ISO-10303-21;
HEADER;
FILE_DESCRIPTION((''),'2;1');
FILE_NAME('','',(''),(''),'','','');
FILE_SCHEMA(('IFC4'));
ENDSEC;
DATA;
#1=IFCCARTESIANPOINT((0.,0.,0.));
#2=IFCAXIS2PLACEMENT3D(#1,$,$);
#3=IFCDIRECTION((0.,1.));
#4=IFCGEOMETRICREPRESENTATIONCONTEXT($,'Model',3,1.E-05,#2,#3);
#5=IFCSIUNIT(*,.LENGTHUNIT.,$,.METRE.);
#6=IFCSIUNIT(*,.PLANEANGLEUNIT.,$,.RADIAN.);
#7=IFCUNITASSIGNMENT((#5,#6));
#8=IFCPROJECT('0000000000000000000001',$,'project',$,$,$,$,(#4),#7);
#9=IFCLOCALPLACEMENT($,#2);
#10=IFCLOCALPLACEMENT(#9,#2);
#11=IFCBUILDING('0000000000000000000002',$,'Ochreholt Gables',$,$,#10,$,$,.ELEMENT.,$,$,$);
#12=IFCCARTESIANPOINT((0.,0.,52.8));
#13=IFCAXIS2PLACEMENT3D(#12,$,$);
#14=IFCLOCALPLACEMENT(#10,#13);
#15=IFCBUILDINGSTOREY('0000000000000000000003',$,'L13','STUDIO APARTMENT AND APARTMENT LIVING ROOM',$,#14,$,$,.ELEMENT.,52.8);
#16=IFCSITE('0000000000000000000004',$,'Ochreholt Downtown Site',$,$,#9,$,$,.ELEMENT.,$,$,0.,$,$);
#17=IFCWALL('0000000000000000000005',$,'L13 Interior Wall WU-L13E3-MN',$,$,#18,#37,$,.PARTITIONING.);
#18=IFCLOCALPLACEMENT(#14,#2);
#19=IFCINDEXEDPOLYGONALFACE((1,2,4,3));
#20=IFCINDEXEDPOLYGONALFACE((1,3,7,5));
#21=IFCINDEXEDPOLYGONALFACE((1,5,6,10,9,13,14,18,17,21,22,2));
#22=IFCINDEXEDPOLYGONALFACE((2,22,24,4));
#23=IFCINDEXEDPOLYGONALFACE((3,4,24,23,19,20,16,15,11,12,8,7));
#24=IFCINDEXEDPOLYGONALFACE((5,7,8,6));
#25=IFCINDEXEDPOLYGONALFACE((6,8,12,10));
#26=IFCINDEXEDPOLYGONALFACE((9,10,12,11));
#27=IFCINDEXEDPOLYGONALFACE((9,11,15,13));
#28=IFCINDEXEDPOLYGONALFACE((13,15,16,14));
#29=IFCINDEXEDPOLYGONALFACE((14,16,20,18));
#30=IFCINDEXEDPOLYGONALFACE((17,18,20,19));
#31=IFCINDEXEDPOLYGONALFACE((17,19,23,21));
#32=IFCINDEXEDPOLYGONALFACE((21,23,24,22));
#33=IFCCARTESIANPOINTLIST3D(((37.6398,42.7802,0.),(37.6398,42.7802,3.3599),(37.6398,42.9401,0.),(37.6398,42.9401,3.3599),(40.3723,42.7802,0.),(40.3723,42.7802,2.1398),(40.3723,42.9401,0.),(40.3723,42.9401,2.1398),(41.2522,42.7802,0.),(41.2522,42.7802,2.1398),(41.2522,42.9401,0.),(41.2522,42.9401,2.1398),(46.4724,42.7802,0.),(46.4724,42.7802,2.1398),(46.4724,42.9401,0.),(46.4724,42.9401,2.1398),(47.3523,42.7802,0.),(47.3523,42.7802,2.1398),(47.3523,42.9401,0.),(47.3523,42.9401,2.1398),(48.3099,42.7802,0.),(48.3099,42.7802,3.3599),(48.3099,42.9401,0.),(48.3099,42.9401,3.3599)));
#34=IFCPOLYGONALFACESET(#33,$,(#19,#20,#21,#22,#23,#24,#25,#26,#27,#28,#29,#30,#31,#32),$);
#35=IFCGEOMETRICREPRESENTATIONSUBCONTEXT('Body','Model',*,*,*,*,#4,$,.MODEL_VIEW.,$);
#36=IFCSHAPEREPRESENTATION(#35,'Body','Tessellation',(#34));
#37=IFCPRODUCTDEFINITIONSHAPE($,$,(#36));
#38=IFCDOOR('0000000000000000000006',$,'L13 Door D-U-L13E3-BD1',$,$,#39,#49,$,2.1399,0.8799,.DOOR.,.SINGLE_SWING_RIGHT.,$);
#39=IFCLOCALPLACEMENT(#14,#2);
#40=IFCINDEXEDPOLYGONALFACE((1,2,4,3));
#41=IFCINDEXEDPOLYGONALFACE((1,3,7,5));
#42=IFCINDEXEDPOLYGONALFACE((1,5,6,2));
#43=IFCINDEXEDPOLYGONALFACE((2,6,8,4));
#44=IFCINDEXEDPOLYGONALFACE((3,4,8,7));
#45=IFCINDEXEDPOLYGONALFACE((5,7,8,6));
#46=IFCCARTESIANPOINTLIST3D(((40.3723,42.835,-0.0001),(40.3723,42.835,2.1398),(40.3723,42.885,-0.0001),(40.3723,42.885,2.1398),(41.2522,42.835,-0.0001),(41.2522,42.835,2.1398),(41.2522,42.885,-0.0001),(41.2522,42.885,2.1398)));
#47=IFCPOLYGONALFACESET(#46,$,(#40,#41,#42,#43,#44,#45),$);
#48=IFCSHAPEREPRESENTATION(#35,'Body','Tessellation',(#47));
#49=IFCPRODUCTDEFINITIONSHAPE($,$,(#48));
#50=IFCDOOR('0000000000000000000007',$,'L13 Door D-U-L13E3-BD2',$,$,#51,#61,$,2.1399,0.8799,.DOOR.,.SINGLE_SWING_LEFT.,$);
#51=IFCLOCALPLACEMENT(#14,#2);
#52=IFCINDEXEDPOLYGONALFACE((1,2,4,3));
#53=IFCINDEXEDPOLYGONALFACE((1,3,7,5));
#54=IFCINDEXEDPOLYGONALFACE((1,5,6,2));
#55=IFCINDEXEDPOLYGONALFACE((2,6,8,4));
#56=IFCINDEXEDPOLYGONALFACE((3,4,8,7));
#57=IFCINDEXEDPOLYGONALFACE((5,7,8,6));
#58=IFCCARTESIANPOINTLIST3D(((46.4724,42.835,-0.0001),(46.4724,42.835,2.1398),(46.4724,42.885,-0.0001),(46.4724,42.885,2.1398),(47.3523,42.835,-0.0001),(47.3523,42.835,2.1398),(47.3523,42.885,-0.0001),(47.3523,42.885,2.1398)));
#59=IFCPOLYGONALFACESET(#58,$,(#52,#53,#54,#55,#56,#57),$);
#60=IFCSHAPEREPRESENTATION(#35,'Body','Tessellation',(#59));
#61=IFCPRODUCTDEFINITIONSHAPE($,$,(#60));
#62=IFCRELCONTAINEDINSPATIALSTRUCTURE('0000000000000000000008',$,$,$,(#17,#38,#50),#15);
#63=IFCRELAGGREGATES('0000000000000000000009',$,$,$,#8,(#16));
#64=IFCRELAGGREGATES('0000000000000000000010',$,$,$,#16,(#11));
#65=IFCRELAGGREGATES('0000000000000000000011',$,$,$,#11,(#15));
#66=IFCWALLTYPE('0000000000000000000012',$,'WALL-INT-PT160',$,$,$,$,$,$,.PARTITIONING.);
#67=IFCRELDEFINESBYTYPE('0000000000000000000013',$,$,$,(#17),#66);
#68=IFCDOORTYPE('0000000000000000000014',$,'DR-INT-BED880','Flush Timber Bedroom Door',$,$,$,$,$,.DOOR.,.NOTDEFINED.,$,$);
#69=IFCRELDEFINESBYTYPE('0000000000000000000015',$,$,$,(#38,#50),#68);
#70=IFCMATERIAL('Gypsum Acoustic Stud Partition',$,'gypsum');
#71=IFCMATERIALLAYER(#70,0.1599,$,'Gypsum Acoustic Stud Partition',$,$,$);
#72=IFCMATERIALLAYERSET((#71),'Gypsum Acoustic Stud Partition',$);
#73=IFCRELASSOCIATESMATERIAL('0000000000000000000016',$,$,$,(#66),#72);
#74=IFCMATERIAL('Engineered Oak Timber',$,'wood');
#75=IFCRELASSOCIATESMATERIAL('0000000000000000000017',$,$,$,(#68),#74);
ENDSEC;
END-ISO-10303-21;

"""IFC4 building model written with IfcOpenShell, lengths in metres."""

from ifc_helpers import new_model, si_unit, direction, frame, frame_2d, origin, place, context, subcontext, project, spatial, rectangle, extrude, material, layer, layer_set, type_object, element, fill, save


model = new_model("IFC4")

# Units and contexts
model_context = context("Model", 3, precision=1e-05, world=origin(), true_north=direction((0.0, 1.0)))
body_context = subcontext(model_context, "Body", "Model", "MODEL_VIEW")
ifc_project = project(units=[si_unit("LENGTHUNIT", "METRE"), si_unit("PLANEANGLEUNIT", "RADIAN")], contexts=[model_context])

# Site, building, storey
site_placement = place(None, origin())
site = spatial("IfcSite", under=ifc_project, at=site_placement, Name="Ochreholt Downtown Site", CompositionType="ELEMENT", RefElevation=0.0)
building_placement = place(site_placement, origin())
building = spatial("IfcBuilding", under=site, at=building_placement, Name="Ochreholt Gables", CompositionType="ELEMENT")
storey_placement = place(building_placement, frame((0.0, 0.0, 52.8)))
storey = spatial("IfcBuildingStorey", under=building, at=storey_placement, Name="L13", Description="STUDIO APARTMENT AND APARTMENT LIVING ROOM", CompositionType="ELEMENT", Elevation=52.8)

# Shared definitions
ifc_material_1 = material(Name="Engineered Oak Timber", Category="wood")

# Wall, openings, doors
ifc_material_2 = material(Name="Gypsum Acoustic Stud Partition", Category="gypsum")
ifc_layer_1 = layer(ifc_material_2, 0.1599, Name="Gypsum Acoustic Stud Partition")
ifc_layer_set_1 = layer_set([ifc_layer_1], Name="Gypsum Acoustic Stud Partition")
wall_type_1 = type_object("IfcWallType", Name="WALL-INT-PT160", PredefinedType="PARTITIONING", material=ifc_layer_set_1)
wall_1_placement = place(storey_placement, frame((37.6399, 42.8601, 0.0), z_axis=(0.0, 0.0, 1.0), x_axis=(1.0, 0.0, 0.0)))
wall_1 = element("IfcWall", 1, at=wall_1_placement, inside=storey, type_object=wall_type_1, Name="L13 Interior Wall WU-L13E3-MN", PredefinedType="PARTITIONING", context=body_context, shape_type="SweptSolid", body=[
    extrude(rectangle(XDim=10.6702, YDim=0.1599, at=frame_2d((5.335, 0.0))), origin(), (0.0, 0.0, 1.0), 3.3599),
])
opening_1_placement = place(wall_1_placement, frame((2.7324, 0.0, 0.0)))
opening_1 = element("IfcOpeningElement", 2, at=opening_1_placement, cuts=wall_1, PredefinedType="OPENING", context=body_context, shape_type="SweptSolid", body=[
    extrude(rectangle(XDim=0.8799, YDim=2.1399, at=frame_2d((0.4399, 1.0698))), frame((0.0, 0.0898, 0.0), z_axis=(0.0, -1.0, 0.0), x_axis=(1.0, 0.0, 0.0)), (0.0, 0.0, 1.0), 0.1799),
])
opening_2_placement = place(wall_1_placement, frame((8.8325, 0.0, 0.0)))
opening_2 = element("IfcOpeningElement", 3, at=opening_2_placement, cuts=wall_1, PredefinedType="OPENING", context=body_context, shape_type="SweptSolid", body=[
    extrude(rectangle(XDim=0.8799, YDim=2.1399, at=frame_2d((0.4399, 1.0698))), frame((0.0, 0.0898, 0.0), z_axis=(0.0, -1.0, 0.0), x_axis=(1.0, 0.0, 0.0)), (0.0, 0.0, 1.0), 0.1799),
])
door_type_1 = type_object("IfcDoorType", Name="DR-INT-BED880", Description="Flush Timber Bedroom Door", OperationType="NOTDEFINED", PredefinedType="DOOR", material=ifc_material_1)
door_1_placement = place(opening_1_placement, origin())
door_1 = element("IfcDoor", 4, at=door_1_placement, inside=storey, type_object=door_type_1, Name="L13 Door D-U-L13E3-BD1", OperationType="SINGLE_SWING_RIGHT", OverallHeight=2.1399, OverallWidth=0.8799, PredefinedType="DOOR", context=body_context, shape_type="SweptSolid", body=[
    extrude(rectangle(XDim=0.8799, YDim=2.1399, at=frame_2d((0.4399, 1.0698))), frame((0.0, 0.0249, 0.0), z_axis=(0.0, -1.0, 0.0), x_axis=(1.0, 0.0, 0.0)), (0.0, 0.0, 1.0), 0.05),
])
fill(opening_1, door_1)
door_2_placement = place(opening_2_placement, origin())
door_2 = element("IfcDoor", 5, at=door_2_placement, inside=storey, type_object=door_type_1, Name="L13 Door D-U-L13E3-BD2", OperationType="SINGLE_SWING_LEFT", OverallHeight=2.1399, OverallWidth=0.8799, PredefinedType="DOOR", context=body_context, shape_type="SweptSolid", body=[
    extrude(rectangle(XDim=0.8799, YDim=2.1399, at=frame_2d((0.4399, 1.0698))), frame((0.0, 0.0249, 0.0), z_axis=(0.0, -1.0, 0.0), x_axis=(1.0, 0.0, 0.0)), (0.0, 0.0, 1.0), 0.05),
])
fill(opening_2, door_2)

save(model, "model.ifc")
